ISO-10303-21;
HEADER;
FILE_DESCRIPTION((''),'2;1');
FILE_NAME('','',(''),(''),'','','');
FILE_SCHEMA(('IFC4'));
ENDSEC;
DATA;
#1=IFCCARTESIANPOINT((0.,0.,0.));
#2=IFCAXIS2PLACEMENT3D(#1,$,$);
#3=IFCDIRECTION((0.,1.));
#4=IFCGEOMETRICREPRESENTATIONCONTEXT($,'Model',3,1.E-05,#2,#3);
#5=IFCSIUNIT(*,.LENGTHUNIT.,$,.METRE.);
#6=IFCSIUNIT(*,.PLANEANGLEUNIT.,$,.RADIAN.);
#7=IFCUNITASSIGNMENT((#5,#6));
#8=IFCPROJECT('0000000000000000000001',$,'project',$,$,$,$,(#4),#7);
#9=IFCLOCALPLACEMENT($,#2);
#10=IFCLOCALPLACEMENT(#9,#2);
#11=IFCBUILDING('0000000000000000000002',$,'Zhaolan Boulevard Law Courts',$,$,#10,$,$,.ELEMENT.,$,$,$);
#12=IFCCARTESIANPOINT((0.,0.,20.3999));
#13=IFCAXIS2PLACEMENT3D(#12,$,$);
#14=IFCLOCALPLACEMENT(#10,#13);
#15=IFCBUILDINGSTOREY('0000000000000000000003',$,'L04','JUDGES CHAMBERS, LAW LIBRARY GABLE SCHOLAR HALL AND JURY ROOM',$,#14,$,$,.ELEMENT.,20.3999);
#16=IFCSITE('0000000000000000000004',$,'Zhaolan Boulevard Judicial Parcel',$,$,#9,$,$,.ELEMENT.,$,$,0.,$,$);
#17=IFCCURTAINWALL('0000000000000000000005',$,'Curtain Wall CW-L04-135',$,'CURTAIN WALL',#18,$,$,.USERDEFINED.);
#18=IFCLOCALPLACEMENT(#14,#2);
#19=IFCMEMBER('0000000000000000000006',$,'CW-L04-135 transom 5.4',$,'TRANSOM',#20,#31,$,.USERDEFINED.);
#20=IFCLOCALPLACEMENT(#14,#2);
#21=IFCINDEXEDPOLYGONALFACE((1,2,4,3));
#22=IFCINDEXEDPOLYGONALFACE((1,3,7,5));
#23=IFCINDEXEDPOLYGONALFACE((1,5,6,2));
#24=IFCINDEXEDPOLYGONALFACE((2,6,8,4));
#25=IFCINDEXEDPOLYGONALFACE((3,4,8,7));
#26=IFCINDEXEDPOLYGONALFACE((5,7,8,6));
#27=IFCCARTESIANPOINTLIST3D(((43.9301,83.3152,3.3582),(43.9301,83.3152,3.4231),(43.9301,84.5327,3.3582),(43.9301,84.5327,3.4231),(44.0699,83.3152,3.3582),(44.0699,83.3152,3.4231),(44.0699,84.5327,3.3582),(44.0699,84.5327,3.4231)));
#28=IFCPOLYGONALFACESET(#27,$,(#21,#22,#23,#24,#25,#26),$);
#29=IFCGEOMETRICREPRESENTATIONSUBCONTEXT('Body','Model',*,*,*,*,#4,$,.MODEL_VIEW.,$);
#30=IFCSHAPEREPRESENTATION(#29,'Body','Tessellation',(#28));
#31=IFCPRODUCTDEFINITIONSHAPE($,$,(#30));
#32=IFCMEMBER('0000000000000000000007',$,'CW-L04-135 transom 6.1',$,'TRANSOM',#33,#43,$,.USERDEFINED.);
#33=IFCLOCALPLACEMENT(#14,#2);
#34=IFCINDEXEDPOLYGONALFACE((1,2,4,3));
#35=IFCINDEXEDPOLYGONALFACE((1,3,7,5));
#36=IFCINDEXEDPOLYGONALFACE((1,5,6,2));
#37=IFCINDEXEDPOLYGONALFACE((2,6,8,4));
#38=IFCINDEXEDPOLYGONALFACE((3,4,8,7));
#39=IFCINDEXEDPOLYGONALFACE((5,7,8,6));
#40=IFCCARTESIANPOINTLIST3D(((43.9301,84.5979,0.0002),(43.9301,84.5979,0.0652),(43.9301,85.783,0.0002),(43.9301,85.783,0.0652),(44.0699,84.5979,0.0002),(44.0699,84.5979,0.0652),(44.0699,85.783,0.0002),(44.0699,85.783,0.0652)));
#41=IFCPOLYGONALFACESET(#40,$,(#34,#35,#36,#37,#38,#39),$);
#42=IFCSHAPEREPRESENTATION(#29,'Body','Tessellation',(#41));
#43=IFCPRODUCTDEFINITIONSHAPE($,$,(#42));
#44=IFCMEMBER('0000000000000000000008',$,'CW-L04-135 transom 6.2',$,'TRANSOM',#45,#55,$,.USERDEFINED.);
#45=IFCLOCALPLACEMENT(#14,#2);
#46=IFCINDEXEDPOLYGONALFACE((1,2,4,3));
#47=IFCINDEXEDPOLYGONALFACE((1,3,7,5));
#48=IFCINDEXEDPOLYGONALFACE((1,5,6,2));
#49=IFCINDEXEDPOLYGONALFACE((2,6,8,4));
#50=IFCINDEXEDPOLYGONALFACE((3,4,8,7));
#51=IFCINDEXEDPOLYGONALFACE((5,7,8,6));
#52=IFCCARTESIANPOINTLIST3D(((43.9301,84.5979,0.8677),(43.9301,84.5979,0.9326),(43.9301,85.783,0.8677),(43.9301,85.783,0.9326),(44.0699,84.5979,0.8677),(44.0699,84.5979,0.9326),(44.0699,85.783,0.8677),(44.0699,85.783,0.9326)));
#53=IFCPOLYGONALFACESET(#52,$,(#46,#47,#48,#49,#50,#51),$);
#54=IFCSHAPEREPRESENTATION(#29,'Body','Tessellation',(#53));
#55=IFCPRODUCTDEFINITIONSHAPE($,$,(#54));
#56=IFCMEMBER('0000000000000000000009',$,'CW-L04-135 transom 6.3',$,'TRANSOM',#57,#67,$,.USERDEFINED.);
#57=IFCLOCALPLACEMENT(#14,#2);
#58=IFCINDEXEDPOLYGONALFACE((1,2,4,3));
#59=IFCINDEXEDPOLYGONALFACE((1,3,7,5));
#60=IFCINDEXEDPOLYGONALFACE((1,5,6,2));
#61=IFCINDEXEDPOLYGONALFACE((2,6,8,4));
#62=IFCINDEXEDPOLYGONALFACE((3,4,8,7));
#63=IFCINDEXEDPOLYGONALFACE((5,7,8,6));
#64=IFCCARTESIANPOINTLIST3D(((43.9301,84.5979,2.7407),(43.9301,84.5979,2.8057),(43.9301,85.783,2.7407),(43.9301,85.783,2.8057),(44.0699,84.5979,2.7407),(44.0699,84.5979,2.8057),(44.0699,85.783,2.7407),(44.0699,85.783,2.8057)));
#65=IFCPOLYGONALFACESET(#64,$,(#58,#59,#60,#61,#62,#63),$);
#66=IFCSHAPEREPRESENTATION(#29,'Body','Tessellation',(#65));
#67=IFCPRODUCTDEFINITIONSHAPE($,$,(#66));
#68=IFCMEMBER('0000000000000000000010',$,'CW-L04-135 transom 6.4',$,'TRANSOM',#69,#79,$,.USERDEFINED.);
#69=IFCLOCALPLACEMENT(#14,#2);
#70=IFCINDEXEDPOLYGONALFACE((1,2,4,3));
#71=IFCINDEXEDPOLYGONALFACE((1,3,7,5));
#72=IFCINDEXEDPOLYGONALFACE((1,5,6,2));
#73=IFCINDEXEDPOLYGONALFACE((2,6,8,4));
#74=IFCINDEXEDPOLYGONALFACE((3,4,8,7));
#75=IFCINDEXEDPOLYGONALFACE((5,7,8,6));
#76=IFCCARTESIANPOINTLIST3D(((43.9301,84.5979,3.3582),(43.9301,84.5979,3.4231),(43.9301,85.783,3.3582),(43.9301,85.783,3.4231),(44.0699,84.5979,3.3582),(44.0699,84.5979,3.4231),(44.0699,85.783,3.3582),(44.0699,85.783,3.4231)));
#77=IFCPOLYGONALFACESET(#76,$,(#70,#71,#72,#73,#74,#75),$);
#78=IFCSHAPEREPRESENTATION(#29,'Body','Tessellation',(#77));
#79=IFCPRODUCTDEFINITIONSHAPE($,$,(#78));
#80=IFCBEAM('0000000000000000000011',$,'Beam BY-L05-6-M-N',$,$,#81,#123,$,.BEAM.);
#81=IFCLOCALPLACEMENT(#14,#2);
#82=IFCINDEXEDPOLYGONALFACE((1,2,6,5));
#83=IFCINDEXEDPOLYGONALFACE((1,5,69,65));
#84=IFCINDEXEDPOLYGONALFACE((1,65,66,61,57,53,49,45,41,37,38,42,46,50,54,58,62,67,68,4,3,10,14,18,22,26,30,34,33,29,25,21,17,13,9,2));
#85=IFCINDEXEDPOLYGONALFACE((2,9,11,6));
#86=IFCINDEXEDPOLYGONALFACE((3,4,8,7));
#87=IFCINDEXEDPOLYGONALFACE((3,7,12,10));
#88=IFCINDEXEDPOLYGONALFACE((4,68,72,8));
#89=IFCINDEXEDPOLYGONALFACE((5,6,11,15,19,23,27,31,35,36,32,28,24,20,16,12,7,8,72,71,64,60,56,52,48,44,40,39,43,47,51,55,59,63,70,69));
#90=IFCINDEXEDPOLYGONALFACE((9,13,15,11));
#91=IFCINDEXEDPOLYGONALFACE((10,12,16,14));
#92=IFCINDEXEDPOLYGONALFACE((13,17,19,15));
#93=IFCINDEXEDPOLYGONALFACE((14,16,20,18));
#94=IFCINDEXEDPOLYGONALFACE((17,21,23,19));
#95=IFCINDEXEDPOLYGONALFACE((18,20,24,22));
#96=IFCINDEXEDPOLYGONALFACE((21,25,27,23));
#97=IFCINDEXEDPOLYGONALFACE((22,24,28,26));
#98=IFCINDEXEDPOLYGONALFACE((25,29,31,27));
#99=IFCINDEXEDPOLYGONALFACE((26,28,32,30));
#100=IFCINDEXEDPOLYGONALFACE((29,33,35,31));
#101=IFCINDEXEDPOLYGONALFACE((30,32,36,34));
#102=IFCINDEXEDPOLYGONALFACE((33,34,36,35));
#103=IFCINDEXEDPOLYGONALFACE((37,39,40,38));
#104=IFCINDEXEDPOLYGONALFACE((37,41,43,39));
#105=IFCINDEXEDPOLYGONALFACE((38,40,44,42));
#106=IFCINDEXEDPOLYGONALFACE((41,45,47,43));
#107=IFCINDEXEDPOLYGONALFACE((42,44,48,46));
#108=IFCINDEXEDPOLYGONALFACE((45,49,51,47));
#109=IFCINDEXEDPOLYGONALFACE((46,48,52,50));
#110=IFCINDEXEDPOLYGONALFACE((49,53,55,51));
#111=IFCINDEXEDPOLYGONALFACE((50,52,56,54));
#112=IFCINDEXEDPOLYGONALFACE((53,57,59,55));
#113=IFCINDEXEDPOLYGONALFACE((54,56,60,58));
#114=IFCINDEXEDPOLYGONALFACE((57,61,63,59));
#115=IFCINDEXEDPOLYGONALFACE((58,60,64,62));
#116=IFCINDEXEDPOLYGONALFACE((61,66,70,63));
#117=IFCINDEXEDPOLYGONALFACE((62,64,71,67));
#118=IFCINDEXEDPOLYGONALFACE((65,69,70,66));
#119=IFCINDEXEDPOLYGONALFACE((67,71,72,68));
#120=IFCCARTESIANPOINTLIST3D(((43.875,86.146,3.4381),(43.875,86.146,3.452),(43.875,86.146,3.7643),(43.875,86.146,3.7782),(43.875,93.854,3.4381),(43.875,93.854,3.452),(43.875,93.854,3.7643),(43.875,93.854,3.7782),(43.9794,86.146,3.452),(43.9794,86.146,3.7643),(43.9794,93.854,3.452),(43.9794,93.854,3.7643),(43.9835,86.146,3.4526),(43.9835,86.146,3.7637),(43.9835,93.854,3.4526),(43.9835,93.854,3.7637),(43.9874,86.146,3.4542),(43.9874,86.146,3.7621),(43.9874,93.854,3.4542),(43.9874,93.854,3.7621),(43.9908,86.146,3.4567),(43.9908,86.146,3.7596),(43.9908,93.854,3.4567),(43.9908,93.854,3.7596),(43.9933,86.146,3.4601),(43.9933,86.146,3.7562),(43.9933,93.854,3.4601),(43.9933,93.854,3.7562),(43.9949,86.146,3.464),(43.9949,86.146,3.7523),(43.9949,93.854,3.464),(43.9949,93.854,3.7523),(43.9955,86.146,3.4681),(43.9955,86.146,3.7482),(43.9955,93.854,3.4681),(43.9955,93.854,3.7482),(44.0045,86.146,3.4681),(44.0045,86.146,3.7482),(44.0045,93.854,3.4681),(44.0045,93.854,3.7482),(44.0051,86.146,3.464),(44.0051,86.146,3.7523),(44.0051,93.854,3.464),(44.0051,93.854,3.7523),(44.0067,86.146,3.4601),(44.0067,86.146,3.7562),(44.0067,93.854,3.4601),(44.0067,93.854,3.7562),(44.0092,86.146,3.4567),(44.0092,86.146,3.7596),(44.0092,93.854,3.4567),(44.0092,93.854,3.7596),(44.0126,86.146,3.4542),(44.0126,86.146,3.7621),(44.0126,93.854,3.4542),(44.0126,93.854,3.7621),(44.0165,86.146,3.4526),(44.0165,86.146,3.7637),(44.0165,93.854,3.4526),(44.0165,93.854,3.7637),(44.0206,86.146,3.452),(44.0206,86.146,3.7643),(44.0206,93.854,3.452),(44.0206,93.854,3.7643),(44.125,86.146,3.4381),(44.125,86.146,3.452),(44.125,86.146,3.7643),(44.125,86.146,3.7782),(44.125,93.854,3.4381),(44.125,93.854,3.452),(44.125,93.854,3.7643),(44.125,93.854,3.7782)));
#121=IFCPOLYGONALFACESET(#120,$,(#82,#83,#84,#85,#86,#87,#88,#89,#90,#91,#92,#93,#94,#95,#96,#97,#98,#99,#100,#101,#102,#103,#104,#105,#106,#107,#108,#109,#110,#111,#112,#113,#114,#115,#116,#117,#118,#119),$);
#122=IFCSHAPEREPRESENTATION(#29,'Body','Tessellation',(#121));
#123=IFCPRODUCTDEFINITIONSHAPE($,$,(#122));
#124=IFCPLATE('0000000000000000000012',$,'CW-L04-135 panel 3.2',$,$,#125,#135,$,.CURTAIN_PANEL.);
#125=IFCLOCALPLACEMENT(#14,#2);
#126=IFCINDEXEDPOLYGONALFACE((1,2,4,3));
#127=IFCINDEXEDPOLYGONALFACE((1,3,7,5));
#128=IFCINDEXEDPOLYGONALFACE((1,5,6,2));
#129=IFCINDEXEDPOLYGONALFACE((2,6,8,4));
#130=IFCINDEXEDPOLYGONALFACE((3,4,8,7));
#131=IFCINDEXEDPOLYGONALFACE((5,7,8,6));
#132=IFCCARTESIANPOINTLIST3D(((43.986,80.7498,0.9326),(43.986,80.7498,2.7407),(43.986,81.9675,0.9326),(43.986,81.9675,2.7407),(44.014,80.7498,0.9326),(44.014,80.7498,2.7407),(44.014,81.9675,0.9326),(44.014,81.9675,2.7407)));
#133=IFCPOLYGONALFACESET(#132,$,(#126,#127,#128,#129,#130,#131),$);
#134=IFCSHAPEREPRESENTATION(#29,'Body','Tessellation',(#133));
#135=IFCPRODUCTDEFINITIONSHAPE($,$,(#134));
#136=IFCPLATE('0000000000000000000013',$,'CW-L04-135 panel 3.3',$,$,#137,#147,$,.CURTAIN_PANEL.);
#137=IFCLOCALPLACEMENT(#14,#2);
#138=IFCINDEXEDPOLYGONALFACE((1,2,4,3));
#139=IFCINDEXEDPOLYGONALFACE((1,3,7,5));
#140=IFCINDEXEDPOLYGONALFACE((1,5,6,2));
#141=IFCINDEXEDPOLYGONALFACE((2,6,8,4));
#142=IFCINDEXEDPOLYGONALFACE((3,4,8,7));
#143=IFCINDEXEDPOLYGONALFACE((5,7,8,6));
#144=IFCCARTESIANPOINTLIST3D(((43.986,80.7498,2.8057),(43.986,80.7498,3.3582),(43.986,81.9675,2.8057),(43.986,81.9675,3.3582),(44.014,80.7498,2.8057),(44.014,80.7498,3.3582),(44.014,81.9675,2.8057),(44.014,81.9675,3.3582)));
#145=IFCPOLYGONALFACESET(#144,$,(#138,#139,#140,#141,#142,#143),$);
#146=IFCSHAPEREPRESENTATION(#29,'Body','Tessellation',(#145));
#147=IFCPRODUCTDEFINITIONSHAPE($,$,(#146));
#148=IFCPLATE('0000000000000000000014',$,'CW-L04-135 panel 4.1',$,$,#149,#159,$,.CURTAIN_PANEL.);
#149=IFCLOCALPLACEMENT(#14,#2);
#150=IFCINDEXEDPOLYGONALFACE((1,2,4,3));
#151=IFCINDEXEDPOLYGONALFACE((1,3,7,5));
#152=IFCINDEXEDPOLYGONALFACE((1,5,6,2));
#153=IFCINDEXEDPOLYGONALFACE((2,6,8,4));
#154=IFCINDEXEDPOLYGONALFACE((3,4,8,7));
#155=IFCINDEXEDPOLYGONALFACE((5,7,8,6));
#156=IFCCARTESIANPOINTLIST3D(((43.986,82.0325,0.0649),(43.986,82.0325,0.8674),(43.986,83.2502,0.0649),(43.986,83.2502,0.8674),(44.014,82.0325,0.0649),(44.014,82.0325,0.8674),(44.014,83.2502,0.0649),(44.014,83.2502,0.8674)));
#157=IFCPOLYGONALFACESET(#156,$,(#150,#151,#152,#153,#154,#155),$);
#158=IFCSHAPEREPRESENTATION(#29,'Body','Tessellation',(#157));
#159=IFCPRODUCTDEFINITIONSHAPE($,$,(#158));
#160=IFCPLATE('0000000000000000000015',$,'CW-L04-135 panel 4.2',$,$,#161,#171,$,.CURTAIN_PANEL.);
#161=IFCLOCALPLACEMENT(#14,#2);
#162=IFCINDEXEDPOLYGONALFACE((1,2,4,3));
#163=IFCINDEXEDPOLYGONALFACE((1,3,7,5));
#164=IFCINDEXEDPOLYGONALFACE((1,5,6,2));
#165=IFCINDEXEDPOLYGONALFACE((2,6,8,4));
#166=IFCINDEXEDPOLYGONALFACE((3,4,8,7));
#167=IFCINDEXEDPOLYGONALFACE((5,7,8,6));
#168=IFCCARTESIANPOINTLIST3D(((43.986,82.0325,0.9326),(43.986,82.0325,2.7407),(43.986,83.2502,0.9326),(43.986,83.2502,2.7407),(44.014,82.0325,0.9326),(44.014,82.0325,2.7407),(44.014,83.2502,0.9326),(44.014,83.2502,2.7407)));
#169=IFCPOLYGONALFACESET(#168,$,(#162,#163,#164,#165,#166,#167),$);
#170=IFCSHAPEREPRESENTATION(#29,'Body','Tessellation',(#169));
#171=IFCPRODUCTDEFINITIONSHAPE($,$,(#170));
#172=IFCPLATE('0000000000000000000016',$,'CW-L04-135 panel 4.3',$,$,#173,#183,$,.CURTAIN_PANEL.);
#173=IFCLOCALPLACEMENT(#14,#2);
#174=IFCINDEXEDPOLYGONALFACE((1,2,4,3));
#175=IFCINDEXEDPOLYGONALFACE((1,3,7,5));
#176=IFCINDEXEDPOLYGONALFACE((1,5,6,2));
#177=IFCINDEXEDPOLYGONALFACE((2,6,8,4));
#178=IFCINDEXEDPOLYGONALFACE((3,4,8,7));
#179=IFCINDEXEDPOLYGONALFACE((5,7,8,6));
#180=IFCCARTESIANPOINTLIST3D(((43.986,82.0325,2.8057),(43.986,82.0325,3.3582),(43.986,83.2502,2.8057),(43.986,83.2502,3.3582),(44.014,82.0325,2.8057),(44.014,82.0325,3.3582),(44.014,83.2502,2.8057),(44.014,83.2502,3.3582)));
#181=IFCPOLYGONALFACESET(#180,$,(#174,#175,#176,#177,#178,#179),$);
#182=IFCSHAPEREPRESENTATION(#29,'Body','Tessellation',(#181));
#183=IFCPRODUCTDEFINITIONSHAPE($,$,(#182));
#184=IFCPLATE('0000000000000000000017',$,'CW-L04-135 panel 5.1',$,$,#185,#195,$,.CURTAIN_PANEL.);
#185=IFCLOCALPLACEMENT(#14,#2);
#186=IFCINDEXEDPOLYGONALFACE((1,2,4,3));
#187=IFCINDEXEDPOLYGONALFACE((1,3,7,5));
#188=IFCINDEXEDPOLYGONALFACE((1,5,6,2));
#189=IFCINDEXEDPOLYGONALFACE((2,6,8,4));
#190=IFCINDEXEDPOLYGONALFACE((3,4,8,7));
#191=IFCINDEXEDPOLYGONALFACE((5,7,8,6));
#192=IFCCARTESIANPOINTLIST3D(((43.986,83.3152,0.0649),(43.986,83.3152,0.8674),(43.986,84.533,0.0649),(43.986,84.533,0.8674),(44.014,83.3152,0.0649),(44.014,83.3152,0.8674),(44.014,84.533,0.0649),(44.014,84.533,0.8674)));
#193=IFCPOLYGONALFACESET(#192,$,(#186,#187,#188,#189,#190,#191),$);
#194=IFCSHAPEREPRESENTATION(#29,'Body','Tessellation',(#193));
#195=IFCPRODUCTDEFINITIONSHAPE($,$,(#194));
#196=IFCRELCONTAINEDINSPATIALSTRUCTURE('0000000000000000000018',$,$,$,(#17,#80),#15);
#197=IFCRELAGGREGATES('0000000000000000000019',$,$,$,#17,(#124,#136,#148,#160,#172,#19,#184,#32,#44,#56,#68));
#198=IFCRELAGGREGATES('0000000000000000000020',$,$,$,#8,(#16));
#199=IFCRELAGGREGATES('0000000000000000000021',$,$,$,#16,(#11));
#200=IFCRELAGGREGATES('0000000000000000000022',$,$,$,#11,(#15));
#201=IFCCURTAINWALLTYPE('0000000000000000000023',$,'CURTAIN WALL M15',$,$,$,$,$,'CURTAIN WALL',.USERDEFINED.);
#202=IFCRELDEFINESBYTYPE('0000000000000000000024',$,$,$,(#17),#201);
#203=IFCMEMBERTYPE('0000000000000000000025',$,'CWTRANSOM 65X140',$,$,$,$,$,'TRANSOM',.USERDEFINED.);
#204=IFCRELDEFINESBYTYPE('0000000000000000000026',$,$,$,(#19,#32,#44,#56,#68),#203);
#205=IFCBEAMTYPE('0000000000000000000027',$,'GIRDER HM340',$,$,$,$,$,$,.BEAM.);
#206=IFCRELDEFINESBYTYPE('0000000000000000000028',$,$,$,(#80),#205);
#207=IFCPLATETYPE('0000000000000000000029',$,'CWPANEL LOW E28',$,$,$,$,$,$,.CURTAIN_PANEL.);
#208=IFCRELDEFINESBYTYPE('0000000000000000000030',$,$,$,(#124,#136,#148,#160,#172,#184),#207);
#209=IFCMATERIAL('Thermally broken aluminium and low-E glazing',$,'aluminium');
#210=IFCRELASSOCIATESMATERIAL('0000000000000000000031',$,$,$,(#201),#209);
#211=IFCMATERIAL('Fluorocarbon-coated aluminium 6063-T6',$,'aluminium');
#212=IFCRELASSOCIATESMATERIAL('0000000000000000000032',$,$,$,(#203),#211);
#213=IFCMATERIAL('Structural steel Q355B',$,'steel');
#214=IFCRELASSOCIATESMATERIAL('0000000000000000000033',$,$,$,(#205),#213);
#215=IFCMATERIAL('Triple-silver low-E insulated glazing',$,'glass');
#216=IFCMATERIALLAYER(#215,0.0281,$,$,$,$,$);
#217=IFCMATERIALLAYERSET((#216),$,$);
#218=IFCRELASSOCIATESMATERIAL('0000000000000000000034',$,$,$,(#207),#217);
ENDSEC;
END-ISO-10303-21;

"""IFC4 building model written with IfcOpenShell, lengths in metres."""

from ifc_helpers import new_model, si_unit, direction, frame, origin, origin_2d, place, context, subcontext, project, spatial, rectangle, i_section, extrude, material, layer, layer_set, material_profile, profile_set, type_object, element, aggregate, save


model = new_model("IFC4")

# Units and contexts
model_context = context("Model", 3, precision=1e-05, world=origin(), true_north=direction((0.0, 1.0)))
body_context = subcontext(model_context, "Body", "Model", "MODEL_VIEW")
ifc_project = project(units=[si_unit("LENGTHUNIT", "METRE"), si_unit("PLANEANGLEUNIT", "RADIAN")], contexts=[model_context])

# Site, building, storey
site_placement = place(None, origin())
site = spatial("IfcSite", under=ifc_project, at=site_placement, Name="Zhaolan Boulevard Judicial Parcel", CompositionType="ELEMENT", RefElevation=0.0)
building_placement = place(site_placement, origin())
building = spatial("IfcBuilding", under=site, at=building_placement, Name="Zhaolan Boulevard Law Courts", CompositionType="ELEMENT")
storey_placement = place(building_placement, frame((0.0, 0.0, 20.3999)))
storey = spatial("IfcBuildingStorey", under=building, at=storey_placement, Name="L04", Description="JUDGES CHAMBERS, LAW LIBRARY GABLE SCHOLAR HALL AND JURY ROOM", CompositionType="ELEMENT", Elevation=20.3999)

# Curtain wall, members
ifc_material_1 = material(Name="Thermally broken aluminium and low-E glazing", Category="aluminium")
curtain_wall_type = type_object("IfcCurtainWallType", Name="CURTAIN WALL M15", ElementType="CURTAIN WALL", PredefinedType="USERDEFINED", material=ifc_material_1)
curtain_wall_placement = place(storey_placement, origin())
curtain_wall = element("IfcCurtainWall", 1, at=curtain_wall_placement, inside=storey, type_object=curtain_wall_type, Name="Curtain Wall CW-L04-135", ObjectType="CURTAIN WALL", PredefinedType="USERDEFINED")
ifc_material_2 = material(Name="Fluorocarbon-coated aluminium 6063-T6", Category="aluminium")
ifc_material_profile_1 = material_profile(ifc_material_2, rectangle(XDim=0.1399, YDim=0.0649, at=origin_2d()), Name="AL65x140")
ifc_profile_set_1 = profile_set([ifc_material_profile_1], Name="Fluorocarbon-coated aluminium 6063-T6")
member_type_1 = type_object("IfcMemberType", Name="CWTRANSOM 65X140", ElementType="TRANSOM", PredefinedType="USERDEFINED", material=ifc_profile_set_1)
member_1_placement = place(storey_placement, frame((44.0, 83.3152, 3.3906), z_axis=(0.0, 1.0, 0.0), x_axis=(-1.0, 0.0, 0.0)))
member_1 = element("IfcMember", 2, at=member_1_placement, type_object=member_type_1, Name="CW-L04-135 transom 5.4", ObjectType="TRANSOM", PredefinedType="USERDEFINED", context=body_context, shape_type="SweptSolid", body=[
    extrude(rectangle(XDim=0.1399, YDim=0.0649, at=origin_2d()), origin(), (0.0, 0.0, 1.0), 1.2175),
])
member_2_placement = place(storey_placement, frame((44.0, 84.5979, 0.0327), z_axis=(0.0, 1.0, 0.0), x_axis=(-1.0, 0.0, 0.0)))
member_2 = element("IfcMember", 3, at=member_2_placement, type_object=member_type_1, Name="CW-L04-135 transom 6.1", ObjectType="TRANSOM", PredefinedType="USERDEFINED", context=body_context, shape_type="SweptSolid", body=[
    extrude(rectangle(XDim=0.1399, YDim=0.0649, at=origin_2d()), origin(), (0.0, 0.0, 1.0), 1.1851),
])
member_3_placement = place(storey_placement, frame((44.0, 84.5979, 0.9001), z_axis=(0.0, 1.0, 0.0), x_axis=(-1.0, 0.0, 0.0)))
member_3 = element("IfcMember", 4, at=member_3_placement, type_object=member_type_1, Name="CW-L04-135 transom 6.2", ObjectType="TRANSOM", PredefinedType="USERDEFINED", context=body_context, shape_type="SweptSolid", body=[
    extrude(rectangle(XDim=0.1399, YDim=0.0649, at=origin_2d()), origin(), (0.0, 0.0, 1.0), 1.1851),
])
member_4_placement = place(storey_placement, frame((44.0, 84.5979, 2.7732), z_axis=(0.0, 1.0, 0.0), x_axis=(-1.0, 0.0, 0.0)))
member_4 = element("IfcMember", 5, at=member_4_placement, type_object=member_type_1, Name="CW-L04-135 transom 6.3", ObjectType="TRANSOM", PredefinedType="USERDEFINED", context=body_context, shape_type="SweptSolid", body=[
    extrude(rectangle(XDim=0.1399, YDim=0.0649, at=origin_2d()), origin(), (0.0, 0.0, 1.0), 1.1851),
])
member_5_placement = place(storey_placement, frame((44.0, 84.5979, 3.3906), z_axis=(0.0, 1.0, 0.0), x_axis=(-1.0, 0.0, 0.0)))
member_5 = element("IfcMember", 6, at=member_5_placement, type_object=member_type_1, Name="CW-L04-135 transom 6.4", ObjectType="TRANSOM", PredefinedType="USERDEFINED", context=body_context, shape_type="SweptSolid", body=[
    extrude(rectangle(XDim=0.1399, YDim=0.0649, at=origin_2d()), origin(), (0.0, 0.0, 1.0), 1.1851),
])

# Beam
ifc_material_3 = material(Name="Structural steel Q355B", Category="steel")
ifc_material_profile_2 = material_profile(ifc_material_3, i_section(OverallWidth=0.25, OverallDepth=0.3401, WebThickness=0.009, FlangeThickness=0.0139, FilletRadius=0.0161, at=origin_2d()), Name="HM340x250")
ifc_profile_set_2 = profile_set([ifc_material_profile_2], Name="Structural steel Q355B")
beam_type = type_object("IfcBeamType", Name="GIRDER HM340", PredefinedType="BEAM", material=ifc_profile_set_2)
beam_placement = place(storey_placement, frame((44.0, 86.146, 3.6082), z_axis=(0.0, 1.0, 0.0), x_axis=(-1.0, 0.0, 0.0)))
element("IfcBeam", 7, at=beam_placement, inside=storey, type_object=beam_type, Name="Beam BY-L05-6-M-N", PredefinedType="BEAM", context=body_context, shape_type="SweptSolid", body=[
    extrude(i_section(OverallWidth=0.25, OverallDepth=0.3401, WebThickness=0.009, FlangeThickness=0.0139, FilletRadius=0.0161, at=origin_2d()), origin(), (0.0, 0.0, 1.0), 7.708),
])

# Plates
ifc_material_4 = material(Name="Triple-silver low-E insulated glazing", Category="glass")
ifc_layer = layer(ifc_material_4, 0.0281)
ifc_layer_set = layer_set([ifc_layer])
plate_type = type_object("IfcPlateType", Name="CWPANEL LOW E28", PredefinedType="CURTAIN_PANEL", material=ifc_layer_set)
plate_1_placement = place(storey_placement, frame((44.0, 81.3586, 0.9326), z_axis=(0.0, 0.0, 1.0), x_axis=(0.0, 1.0, 0.0)))
plate_1 = element("IfcPlate", 8, at=plate_1_placement, type_object=plate_type, Name="CW-L04-135 panel 3.2", PredefinedType="CURTAIN_PANEL", context=body_context, shape_type="SweptSolid", body=[
    extrude(rectangle(XDim=1.2178, YDim=0.0281, at=origin_2d()), origin(), (0.0, 0.0, 1.0), 1.8081),
])
plate_2_placement = place(storey_placement, frame((44.0, 81.3586, 2.8057), z_axis=(0.0, 0.0, 1.0), x_axis=(0.0, 1.0, 0.0)))
plate_2 = element("IfcPlate", 9, at=plate_2_placement, type_object=plate_type, Name="CW-L04-135 panel 3.3", PredefinedType="CURTAIN_PANEL", context=body_context, shape_type="SweptSolid", body=[
    extrude(rectangle(XDim=1.2178, YDim=0.0281, at=origin_2d()), origin(), (0.0, 0.0, 1.0), 0.5525),
])
plate_3_placement = place(storey_placement, frame((44.0, 82.6414, 0.0649), z_axis=(0.0, 0.0, 1.0), x_axis=(0.0, 1.0, 0.0)))
plate_3 = element("IfcPlate", 10, at=plate_3_placement, type_object=plate_type, Name="CW-L04-135 panel 4.1", PredefinedType="CURTAIN_PANEL", context=body_context, shape_type="SweptSolid", body=[
    extrude(rectangle(XDim=1.2178, YDim=0.0281, at=origin_2d()), origin(), (0.0, 0.0, 1.0), 0.8025),
])
plate_4_placement = place(storey_placement, frame((44.0, 82.6414, 0.9326), z_axis=(0.0, 0.0, 1.0), x_axis=(0.0, 1.0, 0.0)))
plate_4 = element("IfcPlate", 11, at=plate_4_placement, type_object=plate_type, Name="CW-L04-135 panel 4.2", PredefinedType="CURTAIN_PANEL", context=body_context, shape_type="SweptSolid", body=[
    extrude(rectangle(XDim=1.2178, YDim=0.0281, at=origin_2d()), origin(), (0.0, 0.0, 1.0), 1.8081),
])
plate_5_placement = place(storey_placement, frame((44.0, 82.6414, 2.8057), z_axis=(0.0, 0.0, 1.0), x_axis=(0.0, 1.0, 0.0)))
plate_5 = element("IfcPlate", 12, at=plate_5_placement, type_object=plate_type, Name="CW-L04-135 panel 4.3", PredefinedType="CURTAIN_PANEL", context=body_context, shape_type="SweptSolid", body=[
    extrude(rectangle(XDim=1.2178, YDim=0.0281, at=origin_2d()), origin(), (0.0, 0.0, 1.0), 0.5525),
])
plate_6_placement = place(storey_placement, frame((44.0, 83.9241, 0.0649), z_axis=(0.0, 0.0, 1.0), x_axis=(0.0, 1.0, 0.0)))
plate_6 = element("IfcPlate", 13, at=plate_6_placement, type_object=plate_type, Name="CW-L04-135 panel 5.1", PredefinedType="CURTAIN_PANEL", context=body_context, shape_type="SweptSolid", body=[
    extrude(rectangle(XDim=1.2178, YDim=0.0281, at=origin_2d()), origin(), (0.0, 0.0, 1.0), 0.8025),
])
aggregate(curtain_wall, [plate_1, plate_2, plate_3, plate_4, plate_5, member_1, plate_6, member_2, member_3, member_4, member_5])

save(model, "model.ifc")
